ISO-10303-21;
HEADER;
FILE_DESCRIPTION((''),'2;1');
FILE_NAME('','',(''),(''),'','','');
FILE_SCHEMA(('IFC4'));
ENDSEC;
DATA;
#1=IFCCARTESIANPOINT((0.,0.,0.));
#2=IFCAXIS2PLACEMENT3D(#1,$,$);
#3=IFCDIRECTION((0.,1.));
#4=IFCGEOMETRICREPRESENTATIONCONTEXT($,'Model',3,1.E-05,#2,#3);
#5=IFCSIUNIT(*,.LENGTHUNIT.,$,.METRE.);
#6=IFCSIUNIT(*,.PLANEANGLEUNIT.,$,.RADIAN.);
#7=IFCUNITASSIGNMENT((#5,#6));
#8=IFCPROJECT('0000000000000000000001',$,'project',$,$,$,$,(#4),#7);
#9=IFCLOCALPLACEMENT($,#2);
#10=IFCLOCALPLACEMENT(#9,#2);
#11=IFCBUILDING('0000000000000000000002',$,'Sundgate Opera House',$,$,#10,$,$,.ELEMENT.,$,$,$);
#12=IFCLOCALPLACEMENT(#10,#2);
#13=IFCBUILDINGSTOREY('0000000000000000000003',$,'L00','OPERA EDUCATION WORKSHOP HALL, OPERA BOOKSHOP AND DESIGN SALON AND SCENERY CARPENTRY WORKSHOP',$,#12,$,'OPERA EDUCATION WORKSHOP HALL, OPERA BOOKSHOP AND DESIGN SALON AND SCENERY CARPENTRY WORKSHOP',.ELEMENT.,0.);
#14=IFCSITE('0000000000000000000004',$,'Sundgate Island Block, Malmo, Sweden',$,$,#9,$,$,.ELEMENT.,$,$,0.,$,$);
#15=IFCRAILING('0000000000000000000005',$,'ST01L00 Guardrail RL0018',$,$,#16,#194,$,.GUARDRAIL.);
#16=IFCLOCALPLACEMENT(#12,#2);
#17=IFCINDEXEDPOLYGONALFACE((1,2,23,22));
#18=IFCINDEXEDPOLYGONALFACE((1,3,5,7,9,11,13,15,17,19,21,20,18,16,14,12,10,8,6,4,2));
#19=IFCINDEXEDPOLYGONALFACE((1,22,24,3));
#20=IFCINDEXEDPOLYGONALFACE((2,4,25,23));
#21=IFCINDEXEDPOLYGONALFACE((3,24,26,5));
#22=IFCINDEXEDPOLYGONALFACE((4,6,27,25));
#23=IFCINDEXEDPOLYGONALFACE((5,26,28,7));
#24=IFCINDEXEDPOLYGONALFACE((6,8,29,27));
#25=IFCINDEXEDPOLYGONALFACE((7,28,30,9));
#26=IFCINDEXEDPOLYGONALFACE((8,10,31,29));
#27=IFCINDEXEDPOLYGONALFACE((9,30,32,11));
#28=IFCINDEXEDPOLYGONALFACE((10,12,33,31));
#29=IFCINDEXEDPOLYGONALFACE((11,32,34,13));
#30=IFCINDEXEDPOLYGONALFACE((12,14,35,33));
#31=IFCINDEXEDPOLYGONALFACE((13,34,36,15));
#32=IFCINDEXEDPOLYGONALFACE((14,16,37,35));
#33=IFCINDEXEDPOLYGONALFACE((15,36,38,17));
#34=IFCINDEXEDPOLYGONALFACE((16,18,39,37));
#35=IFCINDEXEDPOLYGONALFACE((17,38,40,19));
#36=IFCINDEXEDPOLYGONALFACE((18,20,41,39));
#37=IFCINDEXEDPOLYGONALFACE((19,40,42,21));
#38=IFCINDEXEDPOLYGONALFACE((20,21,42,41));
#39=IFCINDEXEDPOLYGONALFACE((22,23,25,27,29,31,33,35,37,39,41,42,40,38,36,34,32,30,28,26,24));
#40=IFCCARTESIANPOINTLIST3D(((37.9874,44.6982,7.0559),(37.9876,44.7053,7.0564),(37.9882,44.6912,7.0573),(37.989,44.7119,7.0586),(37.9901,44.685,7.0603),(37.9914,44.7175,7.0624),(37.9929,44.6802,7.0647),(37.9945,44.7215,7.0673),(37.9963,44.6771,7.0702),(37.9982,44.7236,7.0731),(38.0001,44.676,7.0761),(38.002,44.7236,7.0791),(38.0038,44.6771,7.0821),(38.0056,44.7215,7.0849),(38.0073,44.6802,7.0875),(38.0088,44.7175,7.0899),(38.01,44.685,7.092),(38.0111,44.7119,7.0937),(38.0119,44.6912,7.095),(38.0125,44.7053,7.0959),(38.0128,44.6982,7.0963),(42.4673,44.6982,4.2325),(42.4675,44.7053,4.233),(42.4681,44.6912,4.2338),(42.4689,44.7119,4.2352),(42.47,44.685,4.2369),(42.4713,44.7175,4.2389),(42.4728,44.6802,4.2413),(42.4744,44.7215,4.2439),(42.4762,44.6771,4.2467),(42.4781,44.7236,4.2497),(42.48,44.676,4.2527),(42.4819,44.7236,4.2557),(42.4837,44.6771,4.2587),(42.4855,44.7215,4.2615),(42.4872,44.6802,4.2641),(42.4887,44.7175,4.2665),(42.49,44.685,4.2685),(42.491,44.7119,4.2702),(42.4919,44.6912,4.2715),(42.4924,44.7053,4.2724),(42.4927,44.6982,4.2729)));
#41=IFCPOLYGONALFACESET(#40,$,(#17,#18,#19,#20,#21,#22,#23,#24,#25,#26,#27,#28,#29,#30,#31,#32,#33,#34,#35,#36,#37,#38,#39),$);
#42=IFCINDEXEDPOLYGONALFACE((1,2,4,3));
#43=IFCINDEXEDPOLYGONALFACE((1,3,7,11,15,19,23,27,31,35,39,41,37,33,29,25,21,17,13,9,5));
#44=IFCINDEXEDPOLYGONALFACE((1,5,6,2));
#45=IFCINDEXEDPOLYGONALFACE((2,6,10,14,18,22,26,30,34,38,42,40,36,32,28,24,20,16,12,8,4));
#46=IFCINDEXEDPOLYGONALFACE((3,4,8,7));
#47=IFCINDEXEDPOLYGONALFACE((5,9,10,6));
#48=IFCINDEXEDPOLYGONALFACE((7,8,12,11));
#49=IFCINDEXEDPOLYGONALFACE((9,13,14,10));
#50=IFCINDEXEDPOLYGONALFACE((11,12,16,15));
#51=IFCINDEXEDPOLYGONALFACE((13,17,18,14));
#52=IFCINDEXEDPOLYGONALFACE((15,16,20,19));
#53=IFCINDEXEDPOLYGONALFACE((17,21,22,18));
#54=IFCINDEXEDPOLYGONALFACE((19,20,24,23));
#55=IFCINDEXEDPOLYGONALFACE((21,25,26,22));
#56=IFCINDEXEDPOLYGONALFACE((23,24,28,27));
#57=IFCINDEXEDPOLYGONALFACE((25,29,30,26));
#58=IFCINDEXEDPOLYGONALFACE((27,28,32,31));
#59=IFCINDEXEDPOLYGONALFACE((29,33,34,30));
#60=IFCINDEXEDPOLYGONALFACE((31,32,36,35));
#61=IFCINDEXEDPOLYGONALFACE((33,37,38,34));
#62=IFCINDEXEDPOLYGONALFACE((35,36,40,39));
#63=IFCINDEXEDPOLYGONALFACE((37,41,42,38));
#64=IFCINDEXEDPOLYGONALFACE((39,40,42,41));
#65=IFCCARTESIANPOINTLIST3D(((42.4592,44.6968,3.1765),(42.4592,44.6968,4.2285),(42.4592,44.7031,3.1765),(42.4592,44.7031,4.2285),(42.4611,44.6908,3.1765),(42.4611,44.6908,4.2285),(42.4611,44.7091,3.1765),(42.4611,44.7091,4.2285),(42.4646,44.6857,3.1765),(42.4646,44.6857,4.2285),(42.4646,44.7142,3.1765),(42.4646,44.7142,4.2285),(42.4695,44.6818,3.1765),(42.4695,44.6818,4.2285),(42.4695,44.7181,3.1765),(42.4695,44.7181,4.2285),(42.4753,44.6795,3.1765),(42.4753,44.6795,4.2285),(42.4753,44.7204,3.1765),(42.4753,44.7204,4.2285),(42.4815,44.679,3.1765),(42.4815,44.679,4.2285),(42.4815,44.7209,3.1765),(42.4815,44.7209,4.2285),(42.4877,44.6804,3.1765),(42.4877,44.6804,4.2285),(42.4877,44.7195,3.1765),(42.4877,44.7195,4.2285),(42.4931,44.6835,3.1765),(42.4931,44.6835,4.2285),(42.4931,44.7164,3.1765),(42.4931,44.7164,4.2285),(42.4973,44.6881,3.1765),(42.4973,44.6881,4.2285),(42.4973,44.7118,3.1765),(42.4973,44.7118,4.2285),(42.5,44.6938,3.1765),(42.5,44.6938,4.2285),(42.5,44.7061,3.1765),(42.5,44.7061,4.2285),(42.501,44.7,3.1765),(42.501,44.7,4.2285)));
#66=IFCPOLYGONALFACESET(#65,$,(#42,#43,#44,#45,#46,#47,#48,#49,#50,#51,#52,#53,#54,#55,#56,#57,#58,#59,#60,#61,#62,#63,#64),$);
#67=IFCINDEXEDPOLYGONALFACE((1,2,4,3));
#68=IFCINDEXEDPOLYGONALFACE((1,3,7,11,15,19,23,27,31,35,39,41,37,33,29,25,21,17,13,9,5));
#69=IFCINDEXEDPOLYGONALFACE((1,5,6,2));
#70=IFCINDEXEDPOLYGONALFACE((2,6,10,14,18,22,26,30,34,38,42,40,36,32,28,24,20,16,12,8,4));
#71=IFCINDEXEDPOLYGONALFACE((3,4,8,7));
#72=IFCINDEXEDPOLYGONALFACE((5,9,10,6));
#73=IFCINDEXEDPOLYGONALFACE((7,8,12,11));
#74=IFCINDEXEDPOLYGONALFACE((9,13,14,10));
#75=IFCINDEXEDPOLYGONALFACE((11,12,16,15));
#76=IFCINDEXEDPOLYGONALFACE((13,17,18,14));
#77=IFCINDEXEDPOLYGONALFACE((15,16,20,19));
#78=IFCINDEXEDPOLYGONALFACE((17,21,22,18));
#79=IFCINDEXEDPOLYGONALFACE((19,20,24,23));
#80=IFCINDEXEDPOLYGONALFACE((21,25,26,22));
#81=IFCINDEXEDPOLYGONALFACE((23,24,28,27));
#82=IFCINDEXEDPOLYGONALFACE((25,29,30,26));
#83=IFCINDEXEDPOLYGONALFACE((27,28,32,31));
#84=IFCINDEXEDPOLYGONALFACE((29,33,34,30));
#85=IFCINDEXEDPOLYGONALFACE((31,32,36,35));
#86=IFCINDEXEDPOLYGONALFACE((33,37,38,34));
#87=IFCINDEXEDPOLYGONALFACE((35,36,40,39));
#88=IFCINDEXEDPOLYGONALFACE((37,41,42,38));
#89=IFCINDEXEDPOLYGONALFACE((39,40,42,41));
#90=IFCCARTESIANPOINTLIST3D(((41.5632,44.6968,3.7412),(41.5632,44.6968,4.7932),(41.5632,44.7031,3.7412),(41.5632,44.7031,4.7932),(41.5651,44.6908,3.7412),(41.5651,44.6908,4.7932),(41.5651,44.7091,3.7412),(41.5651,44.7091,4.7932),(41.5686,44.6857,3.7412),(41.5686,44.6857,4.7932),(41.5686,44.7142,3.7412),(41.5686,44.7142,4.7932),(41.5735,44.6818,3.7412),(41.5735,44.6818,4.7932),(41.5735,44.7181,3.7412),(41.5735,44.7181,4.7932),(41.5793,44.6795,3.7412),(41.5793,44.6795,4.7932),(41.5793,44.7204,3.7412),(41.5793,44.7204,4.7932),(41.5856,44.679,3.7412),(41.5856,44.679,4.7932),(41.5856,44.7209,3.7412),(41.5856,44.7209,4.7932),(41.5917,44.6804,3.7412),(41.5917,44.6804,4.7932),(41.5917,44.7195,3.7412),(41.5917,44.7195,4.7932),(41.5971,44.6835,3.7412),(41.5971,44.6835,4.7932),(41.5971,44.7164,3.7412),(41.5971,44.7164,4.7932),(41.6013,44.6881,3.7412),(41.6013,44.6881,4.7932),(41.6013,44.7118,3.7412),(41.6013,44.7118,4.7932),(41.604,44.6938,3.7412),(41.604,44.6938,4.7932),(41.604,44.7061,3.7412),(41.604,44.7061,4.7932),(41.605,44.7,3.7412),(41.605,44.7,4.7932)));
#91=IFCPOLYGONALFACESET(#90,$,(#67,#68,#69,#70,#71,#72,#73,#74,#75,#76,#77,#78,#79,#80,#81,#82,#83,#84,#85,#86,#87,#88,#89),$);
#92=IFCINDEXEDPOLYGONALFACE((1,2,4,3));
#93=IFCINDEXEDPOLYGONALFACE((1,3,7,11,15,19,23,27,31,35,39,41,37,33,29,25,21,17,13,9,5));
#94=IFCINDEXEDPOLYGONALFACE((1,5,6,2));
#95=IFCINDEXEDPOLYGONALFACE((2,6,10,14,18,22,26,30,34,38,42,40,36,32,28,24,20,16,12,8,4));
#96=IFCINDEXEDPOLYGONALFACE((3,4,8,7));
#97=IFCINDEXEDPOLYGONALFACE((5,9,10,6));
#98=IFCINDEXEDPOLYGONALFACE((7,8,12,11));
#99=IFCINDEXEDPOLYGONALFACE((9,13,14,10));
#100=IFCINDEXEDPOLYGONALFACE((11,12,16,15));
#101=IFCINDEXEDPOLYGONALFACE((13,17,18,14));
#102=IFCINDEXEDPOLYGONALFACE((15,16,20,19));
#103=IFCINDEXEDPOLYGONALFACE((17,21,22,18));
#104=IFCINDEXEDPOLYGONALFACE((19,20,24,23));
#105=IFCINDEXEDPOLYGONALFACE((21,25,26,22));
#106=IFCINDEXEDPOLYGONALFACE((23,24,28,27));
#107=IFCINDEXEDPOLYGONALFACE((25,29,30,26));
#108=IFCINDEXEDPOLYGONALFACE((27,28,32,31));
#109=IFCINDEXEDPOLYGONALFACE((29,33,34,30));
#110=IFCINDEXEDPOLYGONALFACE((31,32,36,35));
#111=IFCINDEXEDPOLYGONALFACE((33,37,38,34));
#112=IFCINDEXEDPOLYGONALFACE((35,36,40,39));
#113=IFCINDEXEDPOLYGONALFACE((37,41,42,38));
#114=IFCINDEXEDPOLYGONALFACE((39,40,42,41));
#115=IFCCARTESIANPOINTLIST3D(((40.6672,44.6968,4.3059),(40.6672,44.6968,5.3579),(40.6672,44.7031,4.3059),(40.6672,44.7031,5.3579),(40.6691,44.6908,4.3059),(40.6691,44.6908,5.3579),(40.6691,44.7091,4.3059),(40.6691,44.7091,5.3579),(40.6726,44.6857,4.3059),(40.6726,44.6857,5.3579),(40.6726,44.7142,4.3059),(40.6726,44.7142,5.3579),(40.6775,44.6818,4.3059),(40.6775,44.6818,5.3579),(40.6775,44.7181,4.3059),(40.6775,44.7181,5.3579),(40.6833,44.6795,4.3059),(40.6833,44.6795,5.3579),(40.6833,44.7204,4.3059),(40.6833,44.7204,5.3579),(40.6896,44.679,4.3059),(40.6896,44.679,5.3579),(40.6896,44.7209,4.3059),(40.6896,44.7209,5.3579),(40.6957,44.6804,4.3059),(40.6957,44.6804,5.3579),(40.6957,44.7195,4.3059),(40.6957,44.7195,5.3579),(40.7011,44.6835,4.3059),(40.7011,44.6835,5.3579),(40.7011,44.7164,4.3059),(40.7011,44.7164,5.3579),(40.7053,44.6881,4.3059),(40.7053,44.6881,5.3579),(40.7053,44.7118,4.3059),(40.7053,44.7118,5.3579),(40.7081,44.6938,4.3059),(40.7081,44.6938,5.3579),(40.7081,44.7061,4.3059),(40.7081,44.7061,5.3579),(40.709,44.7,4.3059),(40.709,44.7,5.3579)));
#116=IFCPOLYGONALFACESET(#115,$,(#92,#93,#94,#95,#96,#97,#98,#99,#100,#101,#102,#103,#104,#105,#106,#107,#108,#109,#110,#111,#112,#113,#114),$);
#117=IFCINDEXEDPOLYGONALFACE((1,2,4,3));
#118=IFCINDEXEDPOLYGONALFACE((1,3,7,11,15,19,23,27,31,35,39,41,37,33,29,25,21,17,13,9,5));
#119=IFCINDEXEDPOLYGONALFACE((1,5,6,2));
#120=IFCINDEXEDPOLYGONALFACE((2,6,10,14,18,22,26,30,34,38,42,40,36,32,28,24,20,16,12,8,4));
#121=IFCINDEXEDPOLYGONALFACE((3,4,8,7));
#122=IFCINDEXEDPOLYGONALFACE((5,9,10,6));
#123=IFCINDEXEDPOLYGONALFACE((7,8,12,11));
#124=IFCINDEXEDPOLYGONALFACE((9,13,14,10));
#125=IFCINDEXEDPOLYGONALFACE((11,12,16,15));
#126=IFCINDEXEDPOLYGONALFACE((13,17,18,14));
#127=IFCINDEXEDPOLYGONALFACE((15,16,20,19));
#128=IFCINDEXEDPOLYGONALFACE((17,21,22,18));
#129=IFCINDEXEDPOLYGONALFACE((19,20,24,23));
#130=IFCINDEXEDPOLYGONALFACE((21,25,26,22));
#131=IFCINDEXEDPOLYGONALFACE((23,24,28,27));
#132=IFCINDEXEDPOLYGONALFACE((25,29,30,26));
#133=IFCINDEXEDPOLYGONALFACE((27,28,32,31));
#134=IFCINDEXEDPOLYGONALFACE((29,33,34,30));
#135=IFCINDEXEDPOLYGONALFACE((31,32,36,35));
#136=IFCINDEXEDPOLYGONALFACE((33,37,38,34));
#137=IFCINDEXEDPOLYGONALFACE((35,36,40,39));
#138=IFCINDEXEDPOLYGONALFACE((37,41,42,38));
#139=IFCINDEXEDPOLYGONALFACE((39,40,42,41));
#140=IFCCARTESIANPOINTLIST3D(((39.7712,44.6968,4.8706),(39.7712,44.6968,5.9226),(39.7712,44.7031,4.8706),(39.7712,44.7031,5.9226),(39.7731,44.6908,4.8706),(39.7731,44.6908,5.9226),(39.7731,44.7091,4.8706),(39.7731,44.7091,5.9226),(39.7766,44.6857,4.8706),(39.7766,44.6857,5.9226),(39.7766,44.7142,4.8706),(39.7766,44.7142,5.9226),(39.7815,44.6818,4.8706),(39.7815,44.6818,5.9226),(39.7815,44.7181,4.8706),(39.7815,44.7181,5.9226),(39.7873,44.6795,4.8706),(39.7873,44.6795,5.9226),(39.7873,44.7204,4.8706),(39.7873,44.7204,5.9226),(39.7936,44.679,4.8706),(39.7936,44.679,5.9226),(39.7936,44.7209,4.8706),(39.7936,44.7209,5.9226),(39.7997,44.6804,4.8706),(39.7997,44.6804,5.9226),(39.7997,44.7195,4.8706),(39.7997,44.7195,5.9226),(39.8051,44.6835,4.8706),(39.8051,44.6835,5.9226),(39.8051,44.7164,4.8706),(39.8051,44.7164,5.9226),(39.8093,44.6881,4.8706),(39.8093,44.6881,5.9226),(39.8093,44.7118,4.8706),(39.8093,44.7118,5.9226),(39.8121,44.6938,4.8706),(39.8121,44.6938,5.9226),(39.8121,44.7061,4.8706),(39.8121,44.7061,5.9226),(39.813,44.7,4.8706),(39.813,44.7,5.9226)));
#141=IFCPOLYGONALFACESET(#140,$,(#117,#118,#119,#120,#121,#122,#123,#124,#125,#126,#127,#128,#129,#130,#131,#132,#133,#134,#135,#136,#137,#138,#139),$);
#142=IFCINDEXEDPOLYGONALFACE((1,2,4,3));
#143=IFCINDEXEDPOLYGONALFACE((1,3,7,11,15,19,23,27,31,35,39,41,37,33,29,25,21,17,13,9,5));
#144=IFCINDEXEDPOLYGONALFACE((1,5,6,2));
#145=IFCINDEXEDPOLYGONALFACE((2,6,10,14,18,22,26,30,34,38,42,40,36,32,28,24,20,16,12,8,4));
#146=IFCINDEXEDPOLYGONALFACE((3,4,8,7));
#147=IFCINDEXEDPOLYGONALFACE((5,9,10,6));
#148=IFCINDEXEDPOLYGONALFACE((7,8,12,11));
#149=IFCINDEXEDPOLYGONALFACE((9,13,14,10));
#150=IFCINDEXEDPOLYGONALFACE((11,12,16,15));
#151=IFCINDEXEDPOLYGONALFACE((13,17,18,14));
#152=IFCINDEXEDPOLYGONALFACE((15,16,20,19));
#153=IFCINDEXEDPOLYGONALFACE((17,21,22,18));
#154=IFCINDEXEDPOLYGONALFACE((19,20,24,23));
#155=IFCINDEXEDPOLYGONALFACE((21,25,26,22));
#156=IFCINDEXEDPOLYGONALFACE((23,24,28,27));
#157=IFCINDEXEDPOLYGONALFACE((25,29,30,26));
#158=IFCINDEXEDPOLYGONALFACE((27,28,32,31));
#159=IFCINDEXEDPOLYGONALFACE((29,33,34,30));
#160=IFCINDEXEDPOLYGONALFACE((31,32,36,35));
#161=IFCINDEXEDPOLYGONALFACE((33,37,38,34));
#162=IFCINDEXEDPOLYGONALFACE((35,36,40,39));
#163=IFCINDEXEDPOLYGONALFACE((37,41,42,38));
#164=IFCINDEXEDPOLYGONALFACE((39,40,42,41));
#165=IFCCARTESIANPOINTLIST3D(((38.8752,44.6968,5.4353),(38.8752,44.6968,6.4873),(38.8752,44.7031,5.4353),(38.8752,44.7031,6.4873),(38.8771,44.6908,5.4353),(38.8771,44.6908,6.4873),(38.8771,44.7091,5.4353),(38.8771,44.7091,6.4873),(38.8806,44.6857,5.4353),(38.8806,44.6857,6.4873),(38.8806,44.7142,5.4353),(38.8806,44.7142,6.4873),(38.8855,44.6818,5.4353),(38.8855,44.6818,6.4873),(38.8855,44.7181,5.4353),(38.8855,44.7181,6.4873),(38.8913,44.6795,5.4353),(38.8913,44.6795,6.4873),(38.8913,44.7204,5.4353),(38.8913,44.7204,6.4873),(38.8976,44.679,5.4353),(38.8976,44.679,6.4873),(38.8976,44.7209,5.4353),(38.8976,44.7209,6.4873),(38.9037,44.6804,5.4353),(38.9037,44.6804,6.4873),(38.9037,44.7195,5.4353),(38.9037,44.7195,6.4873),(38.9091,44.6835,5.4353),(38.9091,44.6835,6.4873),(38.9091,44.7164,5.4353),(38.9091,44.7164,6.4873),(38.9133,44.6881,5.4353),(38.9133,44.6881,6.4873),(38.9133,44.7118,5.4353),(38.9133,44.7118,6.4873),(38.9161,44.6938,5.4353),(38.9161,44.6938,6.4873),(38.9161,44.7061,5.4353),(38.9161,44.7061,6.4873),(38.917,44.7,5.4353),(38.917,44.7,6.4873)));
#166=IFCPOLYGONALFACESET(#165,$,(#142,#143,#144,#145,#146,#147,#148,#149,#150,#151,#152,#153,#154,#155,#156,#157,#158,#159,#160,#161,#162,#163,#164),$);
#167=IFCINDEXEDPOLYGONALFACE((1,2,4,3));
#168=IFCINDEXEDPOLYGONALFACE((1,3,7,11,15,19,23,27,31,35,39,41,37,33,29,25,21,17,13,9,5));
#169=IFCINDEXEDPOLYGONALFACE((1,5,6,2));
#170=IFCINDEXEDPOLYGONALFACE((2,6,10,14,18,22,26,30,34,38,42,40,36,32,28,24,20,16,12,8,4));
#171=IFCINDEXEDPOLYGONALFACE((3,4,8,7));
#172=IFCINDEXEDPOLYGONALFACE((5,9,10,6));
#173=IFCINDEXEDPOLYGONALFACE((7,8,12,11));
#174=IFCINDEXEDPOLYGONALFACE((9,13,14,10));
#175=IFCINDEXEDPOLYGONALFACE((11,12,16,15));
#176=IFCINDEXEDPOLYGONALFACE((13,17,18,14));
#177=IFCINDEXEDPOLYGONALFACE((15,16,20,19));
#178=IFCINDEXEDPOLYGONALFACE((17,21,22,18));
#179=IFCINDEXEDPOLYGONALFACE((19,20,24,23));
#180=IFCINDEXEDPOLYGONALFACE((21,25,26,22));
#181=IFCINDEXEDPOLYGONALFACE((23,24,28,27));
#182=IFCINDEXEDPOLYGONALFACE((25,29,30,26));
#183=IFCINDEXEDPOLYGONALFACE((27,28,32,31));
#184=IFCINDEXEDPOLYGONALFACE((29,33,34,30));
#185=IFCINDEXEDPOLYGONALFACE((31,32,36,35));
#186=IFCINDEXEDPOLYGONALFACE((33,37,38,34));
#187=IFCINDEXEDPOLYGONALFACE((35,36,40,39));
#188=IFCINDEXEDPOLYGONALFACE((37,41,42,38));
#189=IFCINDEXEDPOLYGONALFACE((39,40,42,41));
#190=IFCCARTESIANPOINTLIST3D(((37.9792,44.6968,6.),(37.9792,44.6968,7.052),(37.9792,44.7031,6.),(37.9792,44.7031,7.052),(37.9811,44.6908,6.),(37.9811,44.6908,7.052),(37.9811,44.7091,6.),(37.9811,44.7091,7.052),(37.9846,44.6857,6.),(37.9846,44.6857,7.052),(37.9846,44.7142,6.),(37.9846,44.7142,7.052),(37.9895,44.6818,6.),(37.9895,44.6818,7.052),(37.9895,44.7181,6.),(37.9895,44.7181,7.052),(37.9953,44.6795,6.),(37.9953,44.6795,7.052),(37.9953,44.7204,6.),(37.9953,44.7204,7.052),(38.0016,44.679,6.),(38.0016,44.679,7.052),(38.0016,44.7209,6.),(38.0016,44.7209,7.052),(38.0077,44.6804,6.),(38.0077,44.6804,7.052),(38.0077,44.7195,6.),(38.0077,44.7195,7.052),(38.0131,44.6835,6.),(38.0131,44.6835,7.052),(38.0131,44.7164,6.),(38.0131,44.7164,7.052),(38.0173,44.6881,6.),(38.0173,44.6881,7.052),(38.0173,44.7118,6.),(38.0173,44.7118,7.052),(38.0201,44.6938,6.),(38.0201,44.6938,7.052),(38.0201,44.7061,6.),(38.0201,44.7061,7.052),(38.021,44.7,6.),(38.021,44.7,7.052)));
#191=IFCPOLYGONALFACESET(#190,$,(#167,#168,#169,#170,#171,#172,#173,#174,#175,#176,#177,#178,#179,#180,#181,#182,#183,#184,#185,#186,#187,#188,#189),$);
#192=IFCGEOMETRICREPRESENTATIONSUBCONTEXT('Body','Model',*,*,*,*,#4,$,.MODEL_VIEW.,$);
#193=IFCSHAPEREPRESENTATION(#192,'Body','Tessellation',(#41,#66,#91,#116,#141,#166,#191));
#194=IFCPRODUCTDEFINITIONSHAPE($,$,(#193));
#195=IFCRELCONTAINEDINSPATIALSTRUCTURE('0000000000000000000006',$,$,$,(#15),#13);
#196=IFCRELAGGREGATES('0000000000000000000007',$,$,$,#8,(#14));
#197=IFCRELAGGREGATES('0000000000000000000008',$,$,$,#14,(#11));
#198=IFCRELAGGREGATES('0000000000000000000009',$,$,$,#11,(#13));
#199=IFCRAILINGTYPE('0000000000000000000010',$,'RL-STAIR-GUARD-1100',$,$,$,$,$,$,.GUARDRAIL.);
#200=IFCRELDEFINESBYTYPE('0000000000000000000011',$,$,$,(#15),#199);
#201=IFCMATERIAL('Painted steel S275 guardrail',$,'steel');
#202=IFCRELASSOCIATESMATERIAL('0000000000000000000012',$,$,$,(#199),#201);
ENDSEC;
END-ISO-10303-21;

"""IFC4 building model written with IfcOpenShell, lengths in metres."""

from ifc_helpers import new_model, si_unit, direction, frame, origin, origin_2d, place, context, subcontext, project, spatial, circle, extrude, material, type_object, element, save


model = new_model("IFC4")

# Units and contexts
model_context = context("Model", 3, precision=1e-05, world=origin(), true_north=direction((0.0, 1.0)))
body_context = subcontext(model_context, "Body", "Model", "MODEL_VIEW")
ifc_project = project(units=[si_unit("LENGTHUNIT", "METRE"), si_unit("PLANEANGLEUNIT", "RADIAN")], contexts=[model_context])

# Site, building, storey
site_placement = place(None, origin())
site = spatial("IfcSite", under=ifc_project, at=site_placement, Name="Sundgate Island Block, Malmo, Sweden", CompositionType="ELEMENT", RefElevation=0.0)
building_placement = place(site_placement, origin())
building = spatial("IfcBuilding", under=site, at=building_placement, Name="Sundgate Opera House", CompositionType="ELEMENT")
storey_placement = place(building_placement, origin())
storey = spatial("IfcBuildingStorey", under=building, at=storey_placement, Name="L00", Description="OPERA EDUCATION WORKSHOP HALL, OPERA BOOKSHOP AND DESIGN SALON AND SCENERY CARPENTRY WORKSHOP", LongName="OPERA EDUCATION WORKSHOP HALL, OPERA BOOKSHOP AND DESIGN SALON AND SCENERY CARPENTRY WORKSHOP", CompositionType="ELEMENT", Elevation=0.0)

# Railing
ifc_material_1 = material(Name="Painted steel S275 guardrail", Category="steel")
railing_type_1 = type_object("IfcRailingType", Name="RL-STAIR-GUARD-1100", PredefinedType="GUARDRAIL", material=ifc_material_1)
railing_1_placement = place(storey_placement, frame((42.48, 44.7, 3.1765)))
element("IfcRailing", 1, at=railing_1_placement, inside=storey, type_object=railing_type_1, Name="ST01L00 Guardrail RL0018", PredefinedType="GUARDRAIL", context=body_context, shape_type="SweptSolid", body=[
    extrude(circle(Radius=0.0239, at=origin_2d()), frame((0.0, 0.0, 1.0762), z_axis=(-0.845998, 0.0, 0.533186), x_axis=(0.0, -1.0, 0.0)), (0.0, 0.0, 1.0), 5.2954),
    extrude(circle(Radius=0.021, at=origin_2d()), origin(), (0.0, 0.0, 1.0), 1.052),
    extrude(circle(Radius=0.021, at=origin_2d()), frame((-0.896, 0.0, 0.5647)), (0.0, 0.0, 1.0), 1.052),
    extrude(circle(Radius=0.021, at=origin_2d()), frame((-1.792, 0.0, 1.1294)), (0.0, 0.0, 1.0), 1.052),
    extrude(circle(Radius=0.021, at=origin_2d()), frame((-2.688, 0.0, 1.6941)), (0.0, 0.0, 1.0), 1.052),
    extrude(circle(Radius=0.021, at=origin_2d()), frame((-3.584, 0.0, 2.2588)), (0.0, 0.0, 1.0), 1.052),
    extrude(circle(Radius=0.021, at=origin_2d()), frame((-4.48, 0.0, 2.8235)), (0.0, 0.0, 1.0), 1.052),
])

save(model, "model.ifc")
